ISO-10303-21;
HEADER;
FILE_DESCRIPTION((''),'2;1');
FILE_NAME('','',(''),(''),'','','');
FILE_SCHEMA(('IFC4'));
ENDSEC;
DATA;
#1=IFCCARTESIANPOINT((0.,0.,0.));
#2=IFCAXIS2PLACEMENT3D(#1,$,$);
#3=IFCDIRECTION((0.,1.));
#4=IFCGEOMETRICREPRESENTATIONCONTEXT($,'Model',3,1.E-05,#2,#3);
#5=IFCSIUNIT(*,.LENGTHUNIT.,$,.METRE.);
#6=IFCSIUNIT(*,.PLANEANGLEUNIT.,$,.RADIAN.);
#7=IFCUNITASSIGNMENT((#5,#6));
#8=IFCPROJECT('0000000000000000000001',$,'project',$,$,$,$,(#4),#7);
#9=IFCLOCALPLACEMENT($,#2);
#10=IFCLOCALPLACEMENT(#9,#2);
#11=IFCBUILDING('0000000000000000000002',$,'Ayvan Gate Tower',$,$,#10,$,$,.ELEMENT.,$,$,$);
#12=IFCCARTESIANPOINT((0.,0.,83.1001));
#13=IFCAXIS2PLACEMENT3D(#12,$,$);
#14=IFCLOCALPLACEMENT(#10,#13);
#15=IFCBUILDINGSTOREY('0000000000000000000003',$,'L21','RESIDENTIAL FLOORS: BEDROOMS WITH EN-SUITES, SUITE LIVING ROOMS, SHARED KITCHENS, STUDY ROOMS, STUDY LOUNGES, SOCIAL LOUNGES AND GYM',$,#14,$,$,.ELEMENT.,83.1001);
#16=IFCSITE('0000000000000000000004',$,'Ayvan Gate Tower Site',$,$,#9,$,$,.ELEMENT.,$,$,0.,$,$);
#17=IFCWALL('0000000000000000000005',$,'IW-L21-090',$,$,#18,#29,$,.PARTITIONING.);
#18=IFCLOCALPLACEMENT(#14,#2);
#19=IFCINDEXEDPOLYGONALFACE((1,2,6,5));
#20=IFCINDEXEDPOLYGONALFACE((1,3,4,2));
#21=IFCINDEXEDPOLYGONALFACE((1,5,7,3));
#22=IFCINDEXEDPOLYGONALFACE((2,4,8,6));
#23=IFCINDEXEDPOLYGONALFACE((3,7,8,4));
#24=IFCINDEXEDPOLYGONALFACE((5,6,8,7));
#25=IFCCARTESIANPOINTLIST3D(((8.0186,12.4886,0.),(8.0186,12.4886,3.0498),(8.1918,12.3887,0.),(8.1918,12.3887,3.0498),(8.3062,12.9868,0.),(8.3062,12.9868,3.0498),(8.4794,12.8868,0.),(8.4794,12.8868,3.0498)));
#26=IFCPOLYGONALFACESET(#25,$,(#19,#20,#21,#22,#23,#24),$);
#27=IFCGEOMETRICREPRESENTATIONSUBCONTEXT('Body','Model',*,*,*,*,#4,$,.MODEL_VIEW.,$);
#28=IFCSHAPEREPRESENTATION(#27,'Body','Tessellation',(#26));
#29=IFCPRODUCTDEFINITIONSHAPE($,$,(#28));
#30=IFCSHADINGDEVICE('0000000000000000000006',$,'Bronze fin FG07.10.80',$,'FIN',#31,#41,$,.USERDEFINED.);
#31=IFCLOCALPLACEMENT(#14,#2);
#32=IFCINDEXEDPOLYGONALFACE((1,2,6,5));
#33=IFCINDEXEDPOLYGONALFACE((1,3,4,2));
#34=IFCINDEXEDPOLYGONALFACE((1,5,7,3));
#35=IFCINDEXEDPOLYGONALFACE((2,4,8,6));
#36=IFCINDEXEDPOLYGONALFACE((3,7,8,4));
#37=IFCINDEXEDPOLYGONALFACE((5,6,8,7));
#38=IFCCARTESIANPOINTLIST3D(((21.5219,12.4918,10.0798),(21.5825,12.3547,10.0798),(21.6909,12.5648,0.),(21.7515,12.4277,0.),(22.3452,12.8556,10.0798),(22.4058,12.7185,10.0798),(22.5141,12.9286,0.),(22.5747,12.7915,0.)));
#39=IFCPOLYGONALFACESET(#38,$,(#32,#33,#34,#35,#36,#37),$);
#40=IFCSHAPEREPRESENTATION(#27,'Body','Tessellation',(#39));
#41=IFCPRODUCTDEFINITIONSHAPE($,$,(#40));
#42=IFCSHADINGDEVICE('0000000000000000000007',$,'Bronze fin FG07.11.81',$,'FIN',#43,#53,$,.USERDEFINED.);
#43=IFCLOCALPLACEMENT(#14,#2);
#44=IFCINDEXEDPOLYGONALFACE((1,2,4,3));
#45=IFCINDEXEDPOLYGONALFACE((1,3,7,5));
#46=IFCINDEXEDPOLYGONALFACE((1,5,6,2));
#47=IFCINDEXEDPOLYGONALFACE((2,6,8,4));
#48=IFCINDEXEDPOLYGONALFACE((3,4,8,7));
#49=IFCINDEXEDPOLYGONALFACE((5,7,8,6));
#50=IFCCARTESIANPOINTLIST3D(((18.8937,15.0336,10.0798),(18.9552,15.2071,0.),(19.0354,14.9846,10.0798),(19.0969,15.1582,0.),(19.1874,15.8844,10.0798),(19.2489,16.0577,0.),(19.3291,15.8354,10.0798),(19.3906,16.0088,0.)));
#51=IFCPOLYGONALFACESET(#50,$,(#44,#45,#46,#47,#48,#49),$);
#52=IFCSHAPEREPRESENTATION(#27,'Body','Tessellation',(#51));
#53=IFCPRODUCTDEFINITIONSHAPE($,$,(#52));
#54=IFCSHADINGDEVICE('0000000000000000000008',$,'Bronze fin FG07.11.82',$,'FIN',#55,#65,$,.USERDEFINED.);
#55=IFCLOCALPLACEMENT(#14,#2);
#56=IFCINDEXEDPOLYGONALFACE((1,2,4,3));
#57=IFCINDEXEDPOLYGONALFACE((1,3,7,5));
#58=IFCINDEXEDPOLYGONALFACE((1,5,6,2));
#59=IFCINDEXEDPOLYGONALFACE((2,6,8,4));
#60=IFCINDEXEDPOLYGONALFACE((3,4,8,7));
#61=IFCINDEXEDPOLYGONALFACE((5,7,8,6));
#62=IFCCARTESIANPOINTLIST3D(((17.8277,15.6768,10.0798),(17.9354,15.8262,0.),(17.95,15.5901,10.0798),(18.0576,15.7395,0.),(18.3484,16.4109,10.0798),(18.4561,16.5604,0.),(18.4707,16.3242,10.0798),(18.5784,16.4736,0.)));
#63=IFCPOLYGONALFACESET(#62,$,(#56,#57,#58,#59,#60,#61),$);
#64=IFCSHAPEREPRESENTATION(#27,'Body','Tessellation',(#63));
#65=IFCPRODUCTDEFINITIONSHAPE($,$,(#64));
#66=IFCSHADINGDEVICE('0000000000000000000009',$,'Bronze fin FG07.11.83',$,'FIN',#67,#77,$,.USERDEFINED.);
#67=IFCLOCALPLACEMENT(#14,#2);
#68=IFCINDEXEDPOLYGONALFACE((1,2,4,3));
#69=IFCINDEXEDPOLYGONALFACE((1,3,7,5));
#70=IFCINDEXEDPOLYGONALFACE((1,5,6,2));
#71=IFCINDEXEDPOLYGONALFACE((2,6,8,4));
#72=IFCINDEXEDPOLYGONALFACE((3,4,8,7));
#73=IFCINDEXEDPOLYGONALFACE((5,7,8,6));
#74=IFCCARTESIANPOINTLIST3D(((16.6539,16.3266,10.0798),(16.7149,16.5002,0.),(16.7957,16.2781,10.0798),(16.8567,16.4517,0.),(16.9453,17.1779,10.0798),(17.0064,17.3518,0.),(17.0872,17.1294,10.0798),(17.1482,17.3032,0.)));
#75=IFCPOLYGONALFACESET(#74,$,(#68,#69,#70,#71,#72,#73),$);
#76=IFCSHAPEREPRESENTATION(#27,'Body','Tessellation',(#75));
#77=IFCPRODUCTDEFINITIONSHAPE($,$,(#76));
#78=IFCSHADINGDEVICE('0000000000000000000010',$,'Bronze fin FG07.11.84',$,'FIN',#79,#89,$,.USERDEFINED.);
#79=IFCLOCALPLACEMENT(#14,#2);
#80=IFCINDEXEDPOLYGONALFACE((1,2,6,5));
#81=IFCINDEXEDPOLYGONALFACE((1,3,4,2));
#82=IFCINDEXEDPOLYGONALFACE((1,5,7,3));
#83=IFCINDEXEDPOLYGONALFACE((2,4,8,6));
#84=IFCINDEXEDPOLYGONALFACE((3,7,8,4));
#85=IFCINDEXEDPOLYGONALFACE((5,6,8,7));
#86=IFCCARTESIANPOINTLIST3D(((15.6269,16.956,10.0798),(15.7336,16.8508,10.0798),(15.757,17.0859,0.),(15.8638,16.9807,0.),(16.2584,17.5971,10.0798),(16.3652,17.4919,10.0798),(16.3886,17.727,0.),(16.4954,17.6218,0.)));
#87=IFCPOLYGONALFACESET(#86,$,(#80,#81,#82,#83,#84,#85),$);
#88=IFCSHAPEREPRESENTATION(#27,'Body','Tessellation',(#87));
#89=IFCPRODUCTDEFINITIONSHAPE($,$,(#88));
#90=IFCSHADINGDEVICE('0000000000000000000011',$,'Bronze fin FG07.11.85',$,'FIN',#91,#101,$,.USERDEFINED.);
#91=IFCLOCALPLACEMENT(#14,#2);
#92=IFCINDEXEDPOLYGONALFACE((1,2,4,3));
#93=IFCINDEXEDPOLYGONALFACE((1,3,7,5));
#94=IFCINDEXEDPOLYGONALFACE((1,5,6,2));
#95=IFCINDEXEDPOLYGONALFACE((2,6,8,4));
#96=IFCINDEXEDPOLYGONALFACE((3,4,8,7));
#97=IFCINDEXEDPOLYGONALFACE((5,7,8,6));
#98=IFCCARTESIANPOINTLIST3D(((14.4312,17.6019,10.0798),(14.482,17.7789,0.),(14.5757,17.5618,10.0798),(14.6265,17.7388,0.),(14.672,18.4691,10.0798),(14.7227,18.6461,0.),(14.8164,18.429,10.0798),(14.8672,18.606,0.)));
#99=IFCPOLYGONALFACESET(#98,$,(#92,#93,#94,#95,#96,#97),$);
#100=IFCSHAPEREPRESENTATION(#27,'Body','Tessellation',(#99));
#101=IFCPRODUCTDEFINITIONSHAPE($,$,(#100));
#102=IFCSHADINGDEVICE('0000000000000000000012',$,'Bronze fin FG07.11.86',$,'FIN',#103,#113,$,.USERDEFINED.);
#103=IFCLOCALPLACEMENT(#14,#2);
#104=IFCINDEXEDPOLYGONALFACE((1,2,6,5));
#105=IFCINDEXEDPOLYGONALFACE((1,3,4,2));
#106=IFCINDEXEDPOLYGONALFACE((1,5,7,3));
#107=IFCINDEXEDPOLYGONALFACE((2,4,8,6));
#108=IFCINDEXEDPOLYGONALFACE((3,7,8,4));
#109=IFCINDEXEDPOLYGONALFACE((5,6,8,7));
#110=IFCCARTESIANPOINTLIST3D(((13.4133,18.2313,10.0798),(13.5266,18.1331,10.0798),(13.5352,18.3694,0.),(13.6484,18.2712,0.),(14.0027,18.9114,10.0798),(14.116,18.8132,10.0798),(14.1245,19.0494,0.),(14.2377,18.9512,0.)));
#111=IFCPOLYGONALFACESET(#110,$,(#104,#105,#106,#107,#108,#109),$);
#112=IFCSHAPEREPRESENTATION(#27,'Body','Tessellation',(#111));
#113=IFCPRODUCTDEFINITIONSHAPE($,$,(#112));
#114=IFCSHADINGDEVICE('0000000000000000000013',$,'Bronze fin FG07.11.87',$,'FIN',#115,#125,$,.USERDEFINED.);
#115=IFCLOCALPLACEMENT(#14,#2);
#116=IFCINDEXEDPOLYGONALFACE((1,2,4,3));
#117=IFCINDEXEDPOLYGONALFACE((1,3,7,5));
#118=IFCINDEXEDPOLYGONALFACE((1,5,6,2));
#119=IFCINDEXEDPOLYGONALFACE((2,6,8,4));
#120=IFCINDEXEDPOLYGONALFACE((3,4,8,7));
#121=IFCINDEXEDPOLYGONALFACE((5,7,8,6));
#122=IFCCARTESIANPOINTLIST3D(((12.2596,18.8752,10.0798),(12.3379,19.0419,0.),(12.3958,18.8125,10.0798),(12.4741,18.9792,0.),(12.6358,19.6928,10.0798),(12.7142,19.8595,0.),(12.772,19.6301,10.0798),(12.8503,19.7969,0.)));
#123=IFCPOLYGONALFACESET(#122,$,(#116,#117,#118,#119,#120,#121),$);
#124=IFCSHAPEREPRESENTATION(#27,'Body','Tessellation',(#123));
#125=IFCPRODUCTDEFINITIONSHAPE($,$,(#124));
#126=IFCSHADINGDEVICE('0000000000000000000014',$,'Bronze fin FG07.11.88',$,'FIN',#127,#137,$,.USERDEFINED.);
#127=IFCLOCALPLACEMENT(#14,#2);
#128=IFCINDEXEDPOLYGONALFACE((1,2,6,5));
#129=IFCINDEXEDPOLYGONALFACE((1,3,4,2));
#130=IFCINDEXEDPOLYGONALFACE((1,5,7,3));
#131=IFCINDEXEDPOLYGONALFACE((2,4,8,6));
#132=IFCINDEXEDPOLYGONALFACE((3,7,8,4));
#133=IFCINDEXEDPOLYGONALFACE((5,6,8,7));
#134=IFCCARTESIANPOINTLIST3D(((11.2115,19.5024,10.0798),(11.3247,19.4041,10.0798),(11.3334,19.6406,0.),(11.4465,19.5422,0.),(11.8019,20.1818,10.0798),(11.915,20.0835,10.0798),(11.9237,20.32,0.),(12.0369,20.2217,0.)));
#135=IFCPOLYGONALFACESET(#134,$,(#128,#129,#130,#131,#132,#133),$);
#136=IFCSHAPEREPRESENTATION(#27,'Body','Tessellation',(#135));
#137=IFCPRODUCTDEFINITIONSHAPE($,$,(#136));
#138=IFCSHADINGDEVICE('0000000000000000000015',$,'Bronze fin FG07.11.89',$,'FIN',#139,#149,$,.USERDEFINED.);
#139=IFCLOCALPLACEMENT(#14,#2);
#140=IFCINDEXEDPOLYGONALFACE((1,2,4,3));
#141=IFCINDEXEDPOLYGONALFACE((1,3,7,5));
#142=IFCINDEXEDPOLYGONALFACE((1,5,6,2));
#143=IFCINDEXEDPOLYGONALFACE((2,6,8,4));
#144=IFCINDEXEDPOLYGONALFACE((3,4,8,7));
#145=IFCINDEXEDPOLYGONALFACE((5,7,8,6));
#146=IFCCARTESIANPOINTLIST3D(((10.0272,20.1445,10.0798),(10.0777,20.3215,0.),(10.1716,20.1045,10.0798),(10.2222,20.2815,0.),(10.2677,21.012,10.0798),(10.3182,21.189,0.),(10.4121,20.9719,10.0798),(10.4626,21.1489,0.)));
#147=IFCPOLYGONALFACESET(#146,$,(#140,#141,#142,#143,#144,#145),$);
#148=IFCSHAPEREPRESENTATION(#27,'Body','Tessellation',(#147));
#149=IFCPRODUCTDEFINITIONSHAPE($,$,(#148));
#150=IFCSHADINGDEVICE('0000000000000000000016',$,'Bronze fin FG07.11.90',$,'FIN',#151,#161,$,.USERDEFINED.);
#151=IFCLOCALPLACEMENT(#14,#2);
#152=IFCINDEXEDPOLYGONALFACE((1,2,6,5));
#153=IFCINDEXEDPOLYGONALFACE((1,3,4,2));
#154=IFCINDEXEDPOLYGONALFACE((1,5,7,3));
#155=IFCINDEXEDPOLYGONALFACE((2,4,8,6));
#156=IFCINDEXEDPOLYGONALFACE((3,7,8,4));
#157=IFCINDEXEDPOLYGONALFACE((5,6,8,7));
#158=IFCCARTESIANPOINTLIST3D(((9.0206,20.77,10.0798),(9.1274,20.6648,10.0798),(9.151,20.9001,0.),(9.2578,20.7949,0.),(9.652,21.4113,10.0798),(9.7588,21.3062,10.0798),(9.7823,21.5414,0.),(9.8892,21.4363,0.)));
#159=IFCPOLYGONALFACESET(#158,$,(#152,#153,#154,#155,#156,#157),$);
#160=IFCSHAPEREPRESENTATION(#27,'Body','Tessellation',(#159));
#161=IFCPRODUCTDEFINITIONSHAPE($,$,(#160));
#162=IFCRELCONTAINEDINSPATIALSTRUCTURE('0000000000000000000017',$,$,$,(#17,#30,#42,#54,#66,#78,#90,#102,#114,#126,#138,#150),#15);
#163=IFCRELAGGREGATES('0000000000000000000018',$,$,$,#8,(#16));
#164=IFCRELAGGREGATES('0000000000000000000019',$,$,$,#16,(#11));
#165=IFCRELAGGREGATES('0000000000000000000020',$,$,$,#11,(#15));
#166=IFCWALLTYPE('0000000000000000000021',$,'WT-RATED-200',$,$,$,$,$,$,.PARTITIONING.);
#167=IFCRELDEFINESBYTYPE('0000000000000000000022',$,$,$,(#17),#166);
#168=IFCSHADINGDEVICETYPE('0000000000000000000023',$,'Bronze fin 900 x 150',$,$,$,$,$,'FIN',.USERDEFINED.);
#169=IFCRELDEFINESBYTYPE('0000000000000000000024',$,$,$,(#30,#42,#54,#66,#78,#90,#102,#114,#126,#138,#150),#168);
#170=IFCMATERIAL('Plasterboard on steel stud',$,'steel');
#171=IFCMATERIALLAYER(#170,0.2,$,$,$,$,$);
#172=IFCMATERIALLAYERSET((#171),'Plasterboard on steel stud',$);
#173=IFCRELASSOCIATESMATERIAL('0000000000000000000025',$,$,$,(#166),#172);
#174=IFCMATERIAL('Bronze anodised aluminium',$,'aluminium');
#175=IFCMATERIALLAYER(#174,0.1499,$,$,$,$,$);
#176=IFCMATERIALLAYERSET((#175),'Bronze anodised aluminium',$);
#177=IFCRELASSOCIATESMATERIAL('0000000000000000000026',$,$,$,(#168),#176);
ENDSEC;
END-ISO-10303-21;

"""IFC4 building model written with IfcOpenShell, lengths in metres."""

from ifc_helpers import new_model, si_unit, direction, frame, frame_2d, origin, place, context, subcontext, project, spatial, polyline, rectangle, outline, extrude, material, layer, layer_set, type_object, element, save


model = new_model("IFC4")

# Units and contexts
model_context = context("Model", 3, precision=1e-05, world=origin(), true_north=direction((0.0, 1.0)))
body_context = subcontext(model_context, "Body", "Model", "MODEL_VIEW")
ifc_project = project(units=[si_unit("LENGTHUNIT", "METRE"), si_unit("PLANEANGLEUNIT", "RADIAN")], contexts=[model_context])

# Site, building, storey
site_placement = place(None, origin())
site = spatial("IfcSite", under=ifc_project, at=site_placement, Name="Ayvan Gate Tower Site", CompositionType="ELEMENT", RefElevation=0.0)
building_placement = place(site_placement, origin())
building = spatial("IfcBuilding", under=site, at=building_placement, Name="Ayvan Gate Tower", CompositionType="ELEMENT")
storey_placement = place(building_placement, frame((0.0, 0.0, 83.1001)))
storey = spatial("IfcBuildingStorey", under=building, at=storey_placement, Name="L21", Description="RESIDENTIAL FLOORS: BEDROOMS WITH EN-SUITES, SUITE LIVING ROOMS, SHARED KITCHENS, STUDY ROOMS, STUDY LOUNGES, SOCIAL LOUNGES AND GYM", CompositionType="ELEMENT", Elevation=83.1001)

# Shared definitions
ifc_material_1 = material(Name="Bronze anodised aluminium", Category="aluminium")

# Wall
ifc_material_2 = material(Name="Plasterboard on steel stud", Category="steel")
ifc_layer_1 = layer(ifc_material_2, 0.2)
ifc_layer_set_1 = layer_set([ifc_layer_1], Name="Plasterboard on steel stud")
wall_type_1 = type_object("IfcWallType", Name="WT-RATED-200", PredefinedType="PARTITIONING", material=ifc_layer_set_1)
wall_1_placement = place(storey_placement, frame((8.3928, 12.9368, 0.0), z_axis=(0.0, 0.0, 1.0), x_axis=(-0.500065, -0.865988, 0.0)))
element("IfcWall", 1, at=wall_1_placement, inside=storey, type_object=wall_type_1, Name="IW-L21-090", PredefinedType="PARTITIONING", context=body_context, shape_type="SweptSolid", body=[
    extrude(rectangle(XDim=0.5752, YDim=0.2, at=frame_2d((0.2876, 0.0))), origin(), (0.0, 0.0, 1.0), 3.0498),
])

# Shading devices
ifc_layer_2 = layer(ifc_material_1, 0.1499)
ifc_layer_set_2 = layer_set([ifc_layer_2], Name="Bronze anodised aluminium")
shading_device_type = type_object("IfcShadingDeviceType", Name="Bronze fin 900 x 150", ElementType="FIN", PredefinedType="USERDEFINED", material=ifc_layer_set_2)
shading_device_1_placement = place(storey_placement, frame((21.7515, 12.4277, 0.0), z_axis=(0.404174, -0.914682, 0.00015), x_axis=(0.914682, 0.404174, 0.0)))
element("IfcShadingDevice", 2, at=shading_device_1_placement, inside=storey, type_object=shading_device_type, Name="Bronze fin FG07.10.80", ObjectType="FIN", PredefinedType="USERDEFINED", context=body_context, shape_type="SweptSolid", body=[
    extrude(outline(polyline([(0.0, 0.0), (0.9, 0.0), (0.716, 10.0798), (-0.184, 10.0798), (0.0, 0.0)])), origin(), (0.0, 0.0, -1.0), 0.1499),
])
shading_device_2_placement = place(storey_placement, frame((19.0969, 15.1582, 0.0), z_axis=(0.945252, -0.326342, 0.000154), x_axis=(0.326342, 0.945252, 0.0)))
element("IfcShadingDevice", 3, at=shading_device_2_placement, inside=storey, type_object=shading_device_type, Name="Bronze fin FG07.11.81", ObjectType="FIN", PredefinedType="USERDEFINED", context=body_context, shape_type="SweptSolid", body=[
    extrude(outline(polyline([(0.0, 0.0), (0.8999, 0.0), (0.7159, 10.0798), (-0.1842, 10.0798), (0.0, 0.0)])), origin(), (0.0, 0.0, -1.0), 0.1499),
])
shading_device_3_placement = place(storey_placement, frame((18.0576, 15.7395, 0.0), z_axis=(0.815635, -0.578567, 0.000136), x_axis=(0.578567, 0.815635, 0.0)))
element("IfcShadingDevice", 4, at=shading_device_3_placement, inside=storey, type_object=shading_device_type, Name="Bronze fin FG07.11.82", ObjectType="FIN", PredefinedType="USERDEFINED", context=body_context, shape_type="SweptSolid", body=[
    extrude(outline(polyline([(0.0, 0.0), (0.9001, 0.0), (0.7159, 10.0798), (-0.1842, 10.0798), (0.0, 0.0)])), origin(), (0.0, 0.0, -1.0), 0.1499),
])
shading_device_4_placement = place(storey_placement, frame((16.8567, 16.4517, 0.0), z_axis=(0.946089, -0.323908, 0.000147), x_axis=(0.323908, 0.946089, 0.0)))
element("IfcShadingDevice", 5, at=shading_device_4_placement, inside=storey, type_object=shading_device_type, Name="Bronze fin FG07.11.83", ObjectType="FIN", PredefinedType="USERDEFINED", context=body_context, shape_type="SweptSolid", body=[
    extrude(outline(polyline([(0.0, 0.0), (0.9001, 0.0), (0.7158, 10.0798), (-0.184, 10.0798), (0.0, 0.0)])), origin(), (0.0, 0.0, -1.0), 0.1499),
])
shading_device_5_placement = place(storey_placement, frame((15.8638, 16.9807, 0.0), z_axis=(0.712377, -0.701797, 0.000154), x_axis=(0.701797, 0.712377, 0.0)))
element("IfcShadingDevice", 6, at=shading_device_5_placement, inside=storey, type_object=shading_device_type, Name="Bronze fin FG07.11.84", ObjectType="FIN", PredefinedType="USERDEFINED", context=body_context, shape_type="SweptSolid", body=[
    extrude(outline(polyline([(0.0, 0.0), (0.9, 0.0), (0.7161, 10.0798), (-0.1838, 10.0798), (0.0, 0.0)])), origin(), (0.0, 0.0, -1.0), 0.1499),
])
shading_device_6_placement = place(storey_placement, frame((14.6265, 17.7388, 0.0), z_axis=(0.963565, -0.267476, 0.000157), x_axis=(0.267476, 0.963565, 0.0)))
element("IfcShadingDevice", 7, at=shading_device_6_placement, inside=storey, type_object=shading_device_type, Name="Bronze fin FG07.11.85", ObjectType="FIN", PredefinedType="USERDEFINED", context=body_context, shape_type="SweptSolid", body=[
    extrude(outline(polyline([(0.0, 0.0), (0.9, 0.0), (0.7158, 10.0798), (-0.1841, 10.0798), (0.0, 0.0)])), origin(), (0.0, 0.0, -1.0), 0.1499),
])
shading_device_7_placement = place(storey_placement, frame((13.6484, 18.2712, 0.0), z_axis=(0.755702, -0.654915, 0.000163), x_axis=(0.654915, 0.755703, 0.0)))
element("IfcShadingDevice", 8, at=shading_device_7_placement, inside=storey, type_object=shading_device_type, Name="Bronze fin FG07.11.86", ObjectType="FIN", PredefinedType="USERDEFINED", context=body_context, shape_type="SweptSolid", body=[
    extrude(outline(polyline([(0.0, 0.0), (0.8998, 0.0), (0.7158, 10.0798), (-0.1842, 10.0798), (0.0, 0.0)])), origin(), (0.0, 0.0, -1.0), 0.1499),
])
shading_device_8_placement = place(storey_placement, frame((12.4741, 18.9792, 0.0), z_axis=(0.908443, -0.418009, 0.000148), x_axis=(0.418009, 0.908443, 0.0)))
element("IfcShadingDevice", 9, at=shading_device_8_placement, inside=storey, type_object=shading_device_type, Name="Bronze fin FG07.11.87", ObjectType="FIN", PredefinedType="USERDEFINED", context=body_context, shape_type="SweptSolid", body=[
    extrude(outline(polyline([(0.0, 0.0), (0.9, 0.0), (0.7158, 10.0798), (-0.1842, 10.0798), (0.0, 0.0)])), origin(), (0.0, 0.0, -1.0), 0.1499),
])
shading_device_9_placement = place(storey_placement, frame((11.4465, 19.5422, 0.0), z_axis=(0.754874, -0.65587, 0.000132), x_axis=(0.65587, 0.754874, 0.0)))
element("IfcShadingDevice", 10, at=shading_device_9_placement, inside=storey, type_object=shading_device_type, Name="Bronze fin FG07.11.88", ObjectType="FIN", PredefinedType="USERDEFINED", context=body_context, shape_type="SweptSolid", body=[
    extrude(outline(polyline([(0.0, 0.0), (0.9001, 0.0), (0.7159, 10.0798), (-0.1842, 10.0798), (0.0, 0.0)])), origin(), (0.0, 0.0, -1.0), 0.1499),
])
shading_device_10_placement = place(storey_placement, frame((10.2222, 20.2815, 0.0), z_axis=(0.963654, -0.267154, 0.00014), x_axis=(0.267154, 0.963654, 0.0)))
element("IfcShadingDevice", 11, at=shading_device_10_placement, inside=storey, type_object=shading_device_type, Name="Bronze fin FG07.11.89", ObjectType="FIN", PredefinedType="USERDEFINED", context=body_context, shape_type="SweptSolid", body=[
    extrude(outline(polyline([(0.0, 0.0), (0.9001, 0.0), (0.7161, 10.0798), (-0.1841, 10.0798), (0.0, 0.0)])), origin(), (0.0, 0.0, -1.0), 0.1499),
])
shading_device_11_placement = place(storey_placement, frame((9.2578, 20.7949, 0.0), z_axis=(0.712646, -0.701524, 0.000161), x_axis=(0.701524, 0.712646, 0.0)))
element("IfcShadingDevice", 12, at=shading_device_11_placement, inside=storey, type_object=shading_device_type, Name="Bronze fin FG07.11.90", ObjectType="FIN", PredefinedType="USERDEFINED", context=body_context, shape_type="SweptSolid", body=[
    extrude(outline(polyline([(0.0, 0.0), (0.9, 0.0), (0.7158, 10.0798), (-0.1842, 10.0798), (0.0, 0.0)])), origin(), (0.0, 0.0, -1.0), 0.1499),
])

save(model, "model.ifc")
